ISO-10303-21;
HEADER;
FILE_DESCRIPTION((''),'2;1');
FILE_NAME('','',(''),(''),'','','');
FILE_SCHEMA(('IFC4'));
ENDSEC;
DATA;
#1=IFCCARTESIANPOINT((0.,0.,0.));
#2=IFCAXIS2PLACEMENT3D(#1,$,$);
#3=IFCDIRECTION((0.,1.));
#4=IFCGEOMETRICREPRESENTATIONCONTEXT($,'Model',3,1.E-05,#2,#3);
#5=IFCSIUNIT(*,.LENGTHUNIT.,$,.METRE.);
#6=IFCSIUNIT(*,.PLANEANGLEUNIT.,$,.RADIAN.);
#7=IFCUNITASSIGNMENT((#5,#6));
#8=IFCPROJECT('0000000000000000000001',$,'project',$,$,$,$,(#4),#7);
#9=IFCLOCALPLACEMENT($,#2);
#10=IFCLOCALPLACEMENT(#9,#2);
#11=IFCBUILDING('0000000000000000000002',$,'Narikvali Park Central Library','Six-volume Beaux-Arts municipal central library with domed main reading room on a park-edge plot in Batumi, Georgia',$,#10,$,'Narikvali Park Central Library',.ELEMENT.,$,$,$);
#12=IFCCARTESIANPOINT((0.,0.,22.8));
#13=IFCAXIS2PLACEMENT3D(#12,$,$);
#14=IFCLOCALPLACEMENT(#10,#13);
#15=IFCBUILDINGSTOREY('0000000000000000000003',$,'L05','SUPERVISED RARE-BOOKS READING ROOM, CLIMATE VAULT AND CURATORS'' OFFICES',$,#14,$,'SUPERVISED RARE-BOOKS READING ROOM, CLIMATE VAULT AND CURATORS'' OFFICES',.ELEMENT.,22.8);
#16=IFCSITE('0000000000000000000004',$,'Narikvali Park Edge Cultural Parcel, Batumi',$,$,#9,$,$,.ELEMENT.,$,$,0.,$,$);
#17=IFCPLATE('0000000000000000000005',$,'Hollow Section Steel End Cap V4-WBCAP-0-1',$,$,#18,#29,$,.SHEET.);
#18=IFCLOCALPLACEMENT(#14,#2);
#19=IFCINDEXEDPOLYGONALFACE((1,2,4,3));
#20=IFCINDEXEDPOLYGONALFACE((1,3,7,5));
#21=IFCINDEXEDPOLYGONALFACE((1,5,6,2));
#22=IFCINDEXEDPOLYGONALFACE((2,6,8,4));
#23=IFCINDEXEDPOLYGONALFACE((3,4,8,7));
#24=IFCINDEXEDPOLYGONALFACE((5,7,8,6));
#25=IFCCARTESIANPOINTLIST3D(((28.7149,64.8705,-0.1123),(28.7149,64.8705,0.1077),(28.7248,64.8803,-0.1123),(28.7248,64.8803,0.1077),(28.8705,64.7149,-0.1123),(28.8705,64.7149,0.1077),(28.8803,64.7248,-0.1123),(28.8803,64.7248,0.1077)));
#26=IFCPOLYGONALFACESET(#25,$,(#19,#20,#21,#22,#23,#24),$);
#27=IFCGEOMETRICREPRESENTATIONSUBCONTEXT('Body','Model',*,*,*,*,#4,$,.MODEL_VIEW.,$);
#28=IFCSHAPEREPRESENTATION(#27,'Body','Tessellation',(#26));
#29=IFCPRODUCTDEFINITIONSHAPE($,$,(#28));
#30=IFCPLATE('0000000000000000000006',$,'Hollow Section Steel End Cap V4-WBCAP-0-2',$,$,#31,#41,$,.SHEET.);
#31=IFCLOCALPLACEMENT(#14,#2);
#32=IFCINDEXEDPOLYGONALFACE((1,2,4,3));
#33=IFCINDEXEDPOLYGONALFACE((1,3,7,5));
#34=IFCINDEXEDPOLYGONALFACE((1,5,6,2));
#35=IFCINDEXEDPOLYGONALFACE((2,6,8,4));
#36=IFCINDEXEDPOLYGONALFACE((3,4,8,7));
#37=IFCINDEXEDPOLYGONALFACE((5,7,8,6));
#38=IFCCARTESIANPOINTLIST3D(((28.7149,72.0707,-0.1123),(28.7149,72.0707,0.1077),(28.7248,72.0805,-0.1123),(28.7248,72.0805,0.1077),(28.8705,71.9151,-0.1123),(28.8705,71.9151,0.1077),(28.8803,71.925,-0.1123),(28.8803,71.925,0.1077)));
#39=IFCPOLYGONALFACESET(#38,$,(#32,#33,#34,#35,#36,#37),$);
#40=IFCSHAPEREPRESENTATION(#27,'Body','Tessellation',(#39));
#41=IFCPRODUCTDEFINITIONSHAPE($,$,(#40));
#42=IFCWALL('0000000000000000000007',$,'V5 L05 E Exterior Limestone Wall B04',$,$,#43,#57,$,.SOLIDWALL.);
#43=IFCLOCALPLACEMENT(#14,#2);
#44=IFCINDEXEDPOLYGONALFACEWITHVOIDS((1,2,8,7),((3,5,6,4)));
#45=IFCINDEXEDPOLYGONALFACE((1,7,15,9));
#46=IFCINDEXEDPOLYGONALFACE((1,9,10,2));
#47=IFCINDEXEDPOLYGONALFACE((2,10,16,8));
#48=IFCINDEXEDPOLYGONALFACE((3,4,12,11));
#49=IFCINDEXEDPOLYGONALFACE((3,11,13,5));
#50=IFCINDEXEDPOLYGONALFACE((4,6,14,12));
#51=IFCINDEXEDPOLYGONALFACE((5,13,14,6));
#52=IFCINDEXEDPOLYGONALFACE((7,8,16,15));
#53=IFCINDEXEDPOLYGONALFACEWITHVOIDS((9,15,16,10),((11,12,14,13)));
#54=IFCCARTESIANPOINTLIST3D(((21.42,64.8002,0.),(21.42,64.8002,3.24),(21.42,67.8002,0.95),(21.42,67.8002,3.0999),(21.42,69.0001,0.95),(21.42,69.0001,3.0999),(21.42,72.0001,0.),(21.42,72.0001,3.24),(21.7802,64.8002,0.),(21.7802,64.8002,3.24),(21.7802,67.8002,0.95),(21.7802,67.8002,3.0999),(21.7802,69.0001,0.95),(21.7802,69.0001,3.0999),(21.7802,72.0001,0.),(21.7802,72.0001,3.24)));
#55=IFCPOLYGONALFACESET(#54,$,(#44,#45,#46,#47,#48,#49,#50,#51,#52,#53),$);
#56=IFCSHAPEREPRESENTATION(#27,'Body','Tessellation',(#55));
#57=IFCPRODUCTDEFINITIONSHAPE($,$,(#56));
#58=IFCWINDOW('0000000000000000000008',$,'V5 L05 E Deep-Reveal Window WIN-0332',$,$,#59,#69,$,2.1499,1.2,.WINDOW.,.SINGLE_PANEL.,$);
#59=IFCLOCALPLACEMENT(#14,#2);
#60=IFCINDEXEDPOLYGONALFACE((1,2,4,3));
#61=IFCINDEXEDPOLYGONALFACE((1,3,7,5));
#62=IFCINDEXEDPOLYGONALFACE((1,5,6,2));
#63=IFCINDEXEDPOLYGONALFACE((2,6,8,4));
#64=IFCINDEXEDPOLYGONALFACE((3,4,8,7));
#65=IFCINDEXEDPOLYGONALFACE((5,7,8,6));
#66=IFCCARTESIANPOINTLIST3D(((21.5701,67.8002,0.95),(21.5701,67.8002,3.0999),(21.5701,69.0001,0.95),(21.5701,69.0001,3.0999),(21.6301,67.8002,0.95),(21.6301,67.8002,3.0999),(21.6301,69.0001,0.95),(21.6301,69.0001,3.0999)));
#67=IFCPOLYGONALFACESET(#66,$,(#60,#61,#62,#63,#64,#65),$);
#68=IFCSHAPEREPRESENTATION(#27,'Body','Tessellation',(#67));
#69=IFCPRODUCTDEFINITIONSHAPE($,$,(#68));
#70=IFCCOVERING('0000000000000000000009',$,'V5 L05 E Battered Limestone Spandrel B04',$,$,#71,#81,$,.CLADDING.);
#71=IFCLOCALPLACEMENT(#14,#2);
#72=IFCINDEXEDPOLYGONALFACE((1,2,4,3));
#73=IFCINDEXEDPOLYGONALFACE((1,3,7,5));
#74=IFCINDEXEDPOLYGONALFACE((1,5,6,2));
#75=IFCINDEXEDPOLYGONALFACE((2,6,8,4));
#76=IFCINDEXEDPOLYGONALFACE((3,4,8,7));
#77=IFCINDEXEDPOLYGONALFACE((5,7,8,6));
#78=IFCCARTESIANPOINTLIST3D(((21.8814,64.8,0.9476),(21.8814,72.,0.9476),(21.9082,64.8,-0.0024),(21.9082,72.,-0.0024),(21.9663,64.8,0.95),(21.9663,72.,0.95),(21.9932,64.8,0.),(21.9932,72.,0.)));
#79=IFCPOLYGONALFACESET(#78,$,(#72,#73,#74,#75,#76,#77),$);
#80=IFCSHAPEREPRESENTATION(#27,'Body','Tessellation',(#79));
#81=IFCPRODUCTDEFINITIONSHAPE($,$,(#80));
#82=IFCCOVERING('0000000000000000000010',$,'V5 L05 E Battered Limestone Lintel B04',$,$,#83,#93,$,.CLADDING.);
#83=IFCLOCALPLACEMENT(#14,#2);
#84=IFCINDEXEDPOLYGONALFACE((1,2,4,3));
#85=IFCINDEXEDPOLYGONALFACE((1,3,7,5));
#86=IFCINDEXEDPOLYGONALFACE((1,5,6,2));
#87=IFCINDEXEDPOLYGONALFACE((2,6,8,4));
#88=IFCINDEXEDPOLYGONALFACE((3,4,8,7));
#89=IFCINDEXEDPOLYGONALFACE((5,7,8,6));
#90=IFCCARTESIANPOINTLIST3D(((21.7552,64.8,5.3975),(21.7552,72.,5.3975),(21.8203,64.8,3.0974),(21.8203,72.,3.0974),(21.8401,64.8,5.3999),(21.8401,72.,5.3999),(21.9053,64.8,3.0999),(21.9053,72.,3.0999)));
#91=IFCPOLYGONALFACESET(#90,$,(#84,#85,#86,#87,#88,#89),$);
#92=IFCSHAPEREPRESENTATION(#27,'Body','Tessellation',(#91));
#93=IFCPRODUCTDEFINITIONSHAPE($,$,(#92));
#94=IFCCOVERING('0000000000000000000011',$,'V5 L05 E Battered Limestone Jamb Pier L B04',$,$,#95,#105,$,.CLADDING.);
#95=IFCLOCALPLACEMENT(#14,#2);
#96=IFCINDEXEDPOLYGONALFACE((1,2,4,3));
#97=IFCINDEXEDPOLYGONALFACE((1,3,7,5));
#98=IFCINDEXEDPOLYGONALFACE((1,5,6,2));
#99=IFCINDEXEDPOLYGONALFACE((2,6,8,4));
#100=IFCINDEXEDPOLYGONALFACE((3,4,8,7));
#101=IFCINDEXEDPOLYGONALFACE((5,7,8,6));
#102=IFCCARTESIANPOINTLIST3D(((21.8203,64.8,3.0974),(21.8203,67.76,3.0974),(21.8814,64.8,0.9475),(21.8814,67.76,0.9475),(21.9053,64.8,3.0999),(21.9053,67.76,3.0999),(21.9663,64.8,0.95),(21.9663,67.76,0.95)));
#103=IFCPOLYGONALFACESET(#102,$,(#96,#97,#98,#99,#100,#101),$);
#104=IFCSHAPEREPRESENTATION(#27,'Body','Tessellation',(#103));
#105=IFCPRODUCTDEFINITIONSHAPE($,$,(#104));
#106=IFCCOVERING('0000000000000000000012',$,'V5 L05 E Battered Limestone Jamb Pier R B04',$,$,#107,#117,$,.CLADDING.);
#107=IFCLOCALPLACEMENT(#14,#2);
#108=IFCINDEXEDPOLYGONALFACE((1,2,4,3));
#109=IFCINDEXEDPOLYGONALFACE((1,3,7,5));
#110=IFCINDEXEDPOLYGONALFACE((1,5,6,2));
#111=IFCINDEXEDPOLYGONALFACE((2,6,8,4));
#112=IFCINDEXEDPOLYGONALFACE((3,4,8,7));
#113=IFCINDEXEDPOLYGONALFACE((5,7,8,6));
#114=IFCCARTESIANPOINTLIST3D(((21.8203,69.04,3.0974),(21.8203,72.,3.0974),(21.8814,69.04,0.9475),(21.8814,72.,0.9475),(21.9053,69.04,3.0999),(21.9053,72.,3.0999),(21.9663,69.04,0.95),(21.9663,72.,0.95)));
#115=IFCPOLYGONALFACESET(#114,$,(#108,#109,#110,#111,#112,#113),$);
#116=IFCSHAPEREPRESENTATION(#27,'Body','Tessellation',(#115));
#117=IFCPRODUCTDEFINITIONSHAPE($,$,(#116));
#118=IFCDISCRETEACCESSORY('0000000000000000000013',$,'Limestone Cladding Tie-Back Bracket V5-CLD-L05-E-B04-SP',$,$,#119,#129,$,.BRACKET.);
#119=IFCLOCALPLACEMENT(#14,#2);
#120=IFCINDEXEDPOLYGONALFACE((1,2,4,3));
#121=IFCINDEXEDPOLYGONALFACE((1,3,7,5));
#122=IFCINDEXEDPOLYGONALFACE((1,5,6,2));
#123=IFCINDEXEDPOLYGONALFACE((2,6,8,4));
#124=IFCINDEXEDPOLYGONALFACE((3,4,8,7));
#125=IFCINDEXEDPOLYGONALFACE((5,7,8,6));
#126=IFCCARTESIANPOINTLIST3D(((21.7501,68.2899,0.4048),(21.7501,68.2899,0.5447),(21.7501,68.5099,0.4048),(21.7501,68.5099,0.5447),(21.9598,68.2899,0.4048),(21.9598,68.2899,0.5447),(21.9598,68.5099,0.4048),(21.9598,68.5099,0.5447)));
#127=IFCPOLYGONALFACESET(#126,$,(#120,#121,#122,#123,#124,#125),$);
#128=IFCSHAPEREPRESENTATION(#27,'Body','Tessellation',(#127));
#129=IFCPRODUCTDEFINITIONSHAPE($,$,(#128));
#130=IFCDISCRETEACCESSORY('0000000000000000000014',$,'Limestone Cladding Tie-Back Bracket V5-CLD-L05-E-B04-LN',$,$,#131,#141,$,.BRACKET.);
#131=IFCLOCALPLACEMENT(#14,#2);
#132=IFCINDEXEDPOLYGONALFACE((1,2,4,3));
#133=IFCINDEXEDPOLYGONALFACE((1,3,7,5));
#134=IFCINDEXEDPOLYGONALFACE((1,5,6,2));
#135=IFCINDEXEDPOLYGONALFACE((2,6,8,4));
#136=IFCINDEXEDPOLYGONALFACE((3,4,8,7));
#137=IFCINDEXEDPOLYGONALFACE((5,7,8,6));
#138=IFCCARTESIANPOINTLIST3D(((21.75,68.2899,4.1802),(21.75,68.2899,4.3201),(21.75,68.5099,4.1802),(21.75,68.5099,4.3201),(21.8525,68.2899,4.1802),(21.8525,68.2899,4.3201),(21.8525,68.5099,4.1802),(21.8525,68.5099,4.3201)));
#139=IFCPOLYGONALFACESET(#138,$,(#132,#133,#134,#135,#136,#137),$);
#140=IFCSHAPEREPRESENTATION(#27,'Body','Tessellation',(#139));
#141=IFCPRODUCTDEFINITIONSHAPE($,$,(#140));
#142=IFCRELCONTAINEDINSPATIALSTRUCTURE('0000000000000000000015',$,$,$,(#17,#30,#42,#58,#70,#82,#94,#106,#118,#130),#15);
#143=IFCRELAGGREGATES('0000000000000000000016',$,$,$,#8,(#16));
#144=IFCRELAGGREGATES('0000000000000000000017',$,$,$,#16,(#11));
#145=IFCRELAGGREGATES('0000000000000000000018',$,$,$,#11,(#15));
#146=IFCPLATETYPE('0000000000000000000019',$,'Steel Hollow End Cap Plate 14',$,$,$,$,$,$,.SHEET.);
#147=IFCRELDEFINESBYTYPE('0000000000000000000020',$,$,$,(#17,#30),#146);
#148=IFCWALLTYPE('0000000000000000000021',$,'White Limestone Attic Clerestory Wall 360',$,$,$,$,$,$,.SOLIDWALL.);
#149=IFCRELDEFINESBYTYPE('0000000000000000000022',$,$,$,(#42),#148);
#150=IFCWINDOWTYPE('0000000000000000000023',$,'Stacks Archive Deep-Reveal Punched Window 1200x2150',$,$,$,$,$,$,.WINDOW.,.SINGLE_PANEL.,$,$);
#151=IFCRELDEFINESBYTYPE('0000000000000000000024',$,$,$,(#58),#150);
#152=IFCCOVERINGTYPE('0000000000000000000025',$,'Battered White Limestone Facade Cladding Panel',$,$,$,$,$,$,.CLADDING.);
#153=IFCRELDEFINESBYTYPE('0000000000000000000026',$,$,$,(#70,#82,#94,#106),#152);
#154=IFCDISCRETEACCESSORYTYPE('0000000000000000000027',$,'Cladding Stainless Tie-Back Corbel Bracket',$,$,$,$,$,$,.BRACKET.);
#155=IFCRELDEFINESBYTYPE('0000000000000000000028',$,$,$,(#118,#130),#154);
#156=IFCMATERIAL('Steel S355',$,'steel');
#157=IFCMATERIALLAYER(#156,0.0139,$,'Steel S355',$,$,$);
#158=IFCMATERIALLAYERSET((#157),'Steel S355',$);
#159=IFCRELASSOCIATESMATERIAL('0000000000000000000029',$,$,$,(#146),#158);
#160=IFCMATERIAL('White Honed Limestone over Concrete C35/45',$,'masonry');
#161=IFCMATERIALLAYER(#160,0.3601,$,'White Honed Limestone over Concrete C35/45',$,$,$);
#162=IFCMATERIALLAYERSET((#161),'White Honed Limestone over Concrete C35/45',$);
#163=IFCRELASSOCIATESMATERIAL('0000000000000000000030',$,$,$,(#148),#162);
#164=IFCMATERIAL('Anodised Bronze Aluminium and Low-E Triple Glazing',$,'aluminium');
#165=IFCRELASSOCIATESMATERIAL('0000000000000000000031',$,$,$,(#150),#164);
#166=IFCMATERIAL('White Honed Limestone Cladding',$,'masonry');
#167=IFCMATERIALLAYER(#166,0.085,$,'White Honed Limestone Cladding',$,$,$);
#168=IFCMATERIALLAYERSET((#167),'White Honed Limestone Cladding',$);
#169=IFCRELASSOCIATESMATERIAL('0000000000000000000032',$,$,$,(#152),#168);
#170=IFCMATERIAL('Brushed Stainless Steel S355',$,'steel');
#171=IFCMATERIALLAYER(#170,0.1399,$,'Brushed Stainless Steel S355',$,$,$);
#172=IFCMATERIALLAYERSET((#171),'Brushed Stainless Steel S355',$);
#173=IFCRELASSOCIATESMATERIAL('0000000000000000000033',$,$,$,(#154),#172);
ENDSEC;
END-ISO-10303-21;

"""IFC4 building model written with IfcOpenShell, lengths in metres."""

from ifc_helpers import new_model, si_unit, direction, frame, frame_2d, origin, origin_2d, place, context, subcontext, project, spatial, polyline, rectangle, outline, extrude, material, layer, layer_set, type_object, element, fill, save


model = new_model("IFC4")

# Units and contexts
model_context = context("Model", 3, precision=1e-05, world=origin(), true_north=direction((0.0, 1.0)))
body_context = subcontext(model_context, "Body", "Model", "MODEL_VIEW")
ifc_project = project(units=[si_unit("LENGTHUNIT", "METRE"), si_unit("PLANEANGLEUNIT", "RADIAN")], contexts=[model_context])

# Site, building, storey
site_placement = place(None, origin())
site = spatial("IfcSite", under=ifc_project, at=site_placement, Name="Narikvali Park Edge Cultural Parcel, Batumi", CompositionType="ELEMENT", RefElevation=0.0)
building_placement = place(site_placement, origin())
building = spatial("IfcBuilding", under=site, at=building_placement, Name="Narikvali Park Central Library", Description="Six-volume Beaux-Arts municipal central library with domed main reading room on a park-edge plot in Batumi, Georgia", LongName="Narikvali Park Central Library", CompositionType="ELEMENT")
storey_placement = place(building_placement, frame((0.0, 0.0, 22.8)))
storey = spatial("IfcBuildingStorey", under=building, at=storey_placement, Name="L05", Description="SUPERVISED RARE-BOOKS READING ROOM, CLIMATE VAULT AND CURATORS' OFFICES", LongName="SUPERVISED RARE-BOOKS READING ROOM, CLIMATE VAULT AND CURATORS' OFFICES", CompositionType="ELEMENT", Elevation=22.8)

# Shared definitions
ifc_material_1 = material(Name="Steel S355", Category="steel")

# Plates
ifc_layer_1 = layer(ifc_material_1, 0.0139, Name="Steel S355")
ifc_layer_set_1 = layer_set([ifc_layer_1], Name="Steel S355")
plate_type = type_object("IfcPlateType", Name="Steel Hollow End Cap Plate 14", PredefinedType="SHEET", material=ifc_layer_set_1)
for number, where, z_axis, x_axis, name in (
    (1, (28.7976, 64.7976, -0.1123), (0.0, 0.0, 1.0), (-0.707107, 0.707107, 0.0), "Hollow Section Steel End Cap V4-WBCAP-0-1"),
    (2, (28.7976, 71.9978, -0.1123), (0.0, 0.0, 1.0), (-0.707107, 0.707107, 0.0), "Hollow Section Steel End Cap V4-WBCAP-0-2"),
):
    element("IfcPlate", number, at=place(storey_placement, frame(where, z_axis=z_axis, x_axis=x_axis)), inside=storey, type_object=plate_type, Name=name, PredefinedType="SHEET", context=body_context, shape_type="SweptSolid", body=[
        extrude(rectangle(XDim=0.22, YDim=0.0139, at=origin_2d()), origin(), (0.0, 0.0, 1.0), 0.22),
    ])

# Wall, opening, window
ifc_material_2 = material(Name="White Honed Limestone over Concrete C35/45", Category="masonry")
ifc_layer_2 = layer(ifc_material_2, 0.3601, Name="White Honed Limestone over Concrete C35/45")
ifc_layer_set_2 = layer_set([ifc_layer_2], Name="White Honed Limestone over Concrete C35/45")
wall_type = type_object("IfcWallType", Name="White Limestone Attic Clerestory Wall 360", PredefinedType="SOLIDWALL", material=ifc_layer_set_2)
wall_placement = place(storey_placement, frame((21.6001, 64.8, 0.0), z_axis=(0.0, 0.0, 1.0), x_axis=(0.0, 1.0, 0.0)))
wall = element("IfcWall", 3, at=wall_placement, inside=storey, type_object=wall_type, Name="V5 L05 E Exterior Limestone Wall B04", PredefinedType="SOLIDWALL", context=body_context, shape_type="SweptSolid", body=[
    extrude(rectangle(XDim=7.2, YDim=0.3601, at=frame_2d((3.6001, 0.0))), origin(), (0.0, 0.0, 1.0), 3.24),
])
opening_placement = place(wall_placement, frame((3.0, 0.0, 0.95)))
opening = element("IfcOpeningElement", 4, at=opening_placement, cuts=wall, PredefinedType="OPENING", context=body_context, shape_type="SweptSolid", body=[
    extrude(rectangle(XDim=1.2, YDim=2.1499, at=frame_2d((0.6001, 1.075))), frame((0.0, 0.1919, 0.0), z_axis=(0.0, -1.0, 0.0), x_axis=(1.0, 0.0, 0.0)), (0.0, 0.0, 1.0), 0.384),
])
ifc_material_3 = material(Name="Anodised Bronze Aluminium and Low-E Triple Glazing", Category="aluminium")
window_type = type_object("IfcWindowType", Name="Stacks Archive Deep-Reveal Punched Window 1200x2150", PartitioningType="SINGLE_PANEL", PredefinedType="WINDOW", material=ifc_material_3)
window_placement = place(opening_placement, origin())
window = element("IfcWindow", 5, at=window_placement, inside=storey, type_object=window_type, Name="V5 L05 E Deep-Reveal Window WIN-0332", OverallHeight=2.1499, OverallWidth=1.2, PartitioningType="SINGLE_PANEL", PredefinedType="WINDOW", context=body_context, shape_type="SweptSolid", body=[
    extrude(rectangle(XDim=1.2, YDim=2.1499, at=frame_2d((0.6001, 1.075))), frame((0.0, 0.03, 0.0), z_axis=(0.0, -1.0, 0.0), x_axis=(1.0, 0.0, 0.0)), (0.0, 0.0, 1.0), 0.0601),
])
fill(opening, window)

# Coverings
ifc_material_4 = material(Name="White Honed Limestone Cladding", Category="masonry")
ifc_layer_3 = layer(ifc_material_4, 0.085, Name="White Honed Limestone Cladding")
ifc_layer_set_3 = layer_set([ifc_layer_3], Name="White Honed Limestone Cladding")
covering_type = type_object("IfcCoveringType", Name="Battered White Limestone Facade Cladding Panel", PredefinedType="CLADDING", material=ifc_layer_set_3)
covering_1_placement = place(storey_placement, frame((21.9932, 64.8, 0.0), z_axis=(0.999601, 0.0, 0.028259), x_axis=(0.0, 1.0, 0.0)))
element("IfcCovering", 6, at=covering_1_placement, inside=storey, type_object=covering_type, Name="V5 L05 E Battered Limestone Spandrel B04", PredefinedType="CLADDING", context=body_context, shape_type="SweptSolid", body=[
    extrude(outline(polyline([(0.0, 0.0), (7.2, 0.0), (7.2, 0.9503), (0.0, 0.9503), (0.0, 0.0)])), origin(), (0.0, 0.0, -1.0), 0.085),
])
covering_2_placement = place(storey_placement, frame((21.9053, 64.8, 3.0999), z_axis=(0.999599, 0.0, 0.02833), x_axis=(0.0, 1.0, 0.0)))
element("IfcCovering", 7, at=covering_2_placement, inside=storey, type_object=covering_type, Name="V5 L05 E Battered Limestone Lintel B04", PredefinedType="CLADDING", context=body_context, shape_type="SweptSolid", body=[
    extrude(outline(polyline([(0.0, 0.0), (7.2, 0.0), (7.2, 2.301), (0.0, 2.301), (0.0, 0.0)])), origin(), (0.0, 0.0, -1.0), 0.085),
])
for number, where, z_axis, x_axis, name in (
    (8, (21.9663, 64.8, 0.95), (0.999597, 0.0, 0.028378), (0.0, 1.0, 0.0), "V5 L05 E Battered Limestone Jamb Pier L B04"),
    (9, (21.9663, 69.04, 0.95), (0.999597, 0.0, 0.028378), (0.0, 1.0, 0.0), "V5 L05 E Battered Limestone Jamb Pier R B04"),
):
    element("IfcCovering", number, at=place(storey_placement, frame(where, z_axis=z_axis, x_axis=x_axis)), inside=storey, type_object=covering_type, Name=name, PredefinedType="CLADDING", context=body_context, shape_type="SweptSolid", body=[
        extrude(outline(polyline([(0.0, 0.0), (2.96, 0.0), (2.96, 2.1508), (0.0, 2.1508), (0.0, 0.0)])), origin(), (0.0, 0.0, -1.0), 0.085),
    ])

# Discrete accessories
ifc_material_5 = material(Name="Brushed Stainless Steel S355", Category="steel")
ifc_layer_4 = layer(ifc_material_5, 0.1399, Name="Brushed Stainless Steel S355")
ifc_layer_set_4 = layer_set([ifc_layer_4], Name="Brushed Stainless Steel S355")
discrete_accessory_type = type_object("IfcDiscreteAccessoryType", Name="Cladding Stainless Tie-Back Corbel Bracket", PredefinedType="BRACKET", material=ifc_layer_set_4)
discrete_accessory_1_placement = place(storey_placement, frame((21.855, 68.3999, 0.4048), z_axis=(0.0, 0.0, 1.0), x_axis=(1.0, 0.0, 0.0)))
element("IfcDiscreteAccessory", 10, at=discrete_accessory_1_placement, inside=storey, type_object=discrete_accessory_type, Name="Limestone Cladding Tie-Back Bracket V5-CLD-L05-E-B04-SP", PredefinedType="BRACKET", context=body_context, shape_type="SweptSolid", body=[
    extrude(rectangle(XDim=0.2097, YDim=0.22, at=origin_2d()), origin(), (0.0, 0.0, 1.0), 0.1399),
])
discrete_accessory_2_placement = place(storey_placement, frame((21.8013, 68.3999, 4.1802), z_axis=(0.0, 0.0, 1.0), x_axis=(1.0, 0.0, 0.0)))
element("IfcDiscreteAccessory", 11, at=discrete_accessory_2_placement, inside=storey, type_object=discrete_accessory_type, Name="Limestone Cladding Tie-Back Bracket V5-CLD-L05-E-B04-LN", PredefinedType="BRACKET", context=body_context, shape_type="SweptSolid", body=[
    extrude(rectangle(XDim=0.1025, YDim=0.22, at=origin_2d()), origin(), (0.0, 0.0, 1.0), 0.1399),
])

save(model, "model.ifc")
